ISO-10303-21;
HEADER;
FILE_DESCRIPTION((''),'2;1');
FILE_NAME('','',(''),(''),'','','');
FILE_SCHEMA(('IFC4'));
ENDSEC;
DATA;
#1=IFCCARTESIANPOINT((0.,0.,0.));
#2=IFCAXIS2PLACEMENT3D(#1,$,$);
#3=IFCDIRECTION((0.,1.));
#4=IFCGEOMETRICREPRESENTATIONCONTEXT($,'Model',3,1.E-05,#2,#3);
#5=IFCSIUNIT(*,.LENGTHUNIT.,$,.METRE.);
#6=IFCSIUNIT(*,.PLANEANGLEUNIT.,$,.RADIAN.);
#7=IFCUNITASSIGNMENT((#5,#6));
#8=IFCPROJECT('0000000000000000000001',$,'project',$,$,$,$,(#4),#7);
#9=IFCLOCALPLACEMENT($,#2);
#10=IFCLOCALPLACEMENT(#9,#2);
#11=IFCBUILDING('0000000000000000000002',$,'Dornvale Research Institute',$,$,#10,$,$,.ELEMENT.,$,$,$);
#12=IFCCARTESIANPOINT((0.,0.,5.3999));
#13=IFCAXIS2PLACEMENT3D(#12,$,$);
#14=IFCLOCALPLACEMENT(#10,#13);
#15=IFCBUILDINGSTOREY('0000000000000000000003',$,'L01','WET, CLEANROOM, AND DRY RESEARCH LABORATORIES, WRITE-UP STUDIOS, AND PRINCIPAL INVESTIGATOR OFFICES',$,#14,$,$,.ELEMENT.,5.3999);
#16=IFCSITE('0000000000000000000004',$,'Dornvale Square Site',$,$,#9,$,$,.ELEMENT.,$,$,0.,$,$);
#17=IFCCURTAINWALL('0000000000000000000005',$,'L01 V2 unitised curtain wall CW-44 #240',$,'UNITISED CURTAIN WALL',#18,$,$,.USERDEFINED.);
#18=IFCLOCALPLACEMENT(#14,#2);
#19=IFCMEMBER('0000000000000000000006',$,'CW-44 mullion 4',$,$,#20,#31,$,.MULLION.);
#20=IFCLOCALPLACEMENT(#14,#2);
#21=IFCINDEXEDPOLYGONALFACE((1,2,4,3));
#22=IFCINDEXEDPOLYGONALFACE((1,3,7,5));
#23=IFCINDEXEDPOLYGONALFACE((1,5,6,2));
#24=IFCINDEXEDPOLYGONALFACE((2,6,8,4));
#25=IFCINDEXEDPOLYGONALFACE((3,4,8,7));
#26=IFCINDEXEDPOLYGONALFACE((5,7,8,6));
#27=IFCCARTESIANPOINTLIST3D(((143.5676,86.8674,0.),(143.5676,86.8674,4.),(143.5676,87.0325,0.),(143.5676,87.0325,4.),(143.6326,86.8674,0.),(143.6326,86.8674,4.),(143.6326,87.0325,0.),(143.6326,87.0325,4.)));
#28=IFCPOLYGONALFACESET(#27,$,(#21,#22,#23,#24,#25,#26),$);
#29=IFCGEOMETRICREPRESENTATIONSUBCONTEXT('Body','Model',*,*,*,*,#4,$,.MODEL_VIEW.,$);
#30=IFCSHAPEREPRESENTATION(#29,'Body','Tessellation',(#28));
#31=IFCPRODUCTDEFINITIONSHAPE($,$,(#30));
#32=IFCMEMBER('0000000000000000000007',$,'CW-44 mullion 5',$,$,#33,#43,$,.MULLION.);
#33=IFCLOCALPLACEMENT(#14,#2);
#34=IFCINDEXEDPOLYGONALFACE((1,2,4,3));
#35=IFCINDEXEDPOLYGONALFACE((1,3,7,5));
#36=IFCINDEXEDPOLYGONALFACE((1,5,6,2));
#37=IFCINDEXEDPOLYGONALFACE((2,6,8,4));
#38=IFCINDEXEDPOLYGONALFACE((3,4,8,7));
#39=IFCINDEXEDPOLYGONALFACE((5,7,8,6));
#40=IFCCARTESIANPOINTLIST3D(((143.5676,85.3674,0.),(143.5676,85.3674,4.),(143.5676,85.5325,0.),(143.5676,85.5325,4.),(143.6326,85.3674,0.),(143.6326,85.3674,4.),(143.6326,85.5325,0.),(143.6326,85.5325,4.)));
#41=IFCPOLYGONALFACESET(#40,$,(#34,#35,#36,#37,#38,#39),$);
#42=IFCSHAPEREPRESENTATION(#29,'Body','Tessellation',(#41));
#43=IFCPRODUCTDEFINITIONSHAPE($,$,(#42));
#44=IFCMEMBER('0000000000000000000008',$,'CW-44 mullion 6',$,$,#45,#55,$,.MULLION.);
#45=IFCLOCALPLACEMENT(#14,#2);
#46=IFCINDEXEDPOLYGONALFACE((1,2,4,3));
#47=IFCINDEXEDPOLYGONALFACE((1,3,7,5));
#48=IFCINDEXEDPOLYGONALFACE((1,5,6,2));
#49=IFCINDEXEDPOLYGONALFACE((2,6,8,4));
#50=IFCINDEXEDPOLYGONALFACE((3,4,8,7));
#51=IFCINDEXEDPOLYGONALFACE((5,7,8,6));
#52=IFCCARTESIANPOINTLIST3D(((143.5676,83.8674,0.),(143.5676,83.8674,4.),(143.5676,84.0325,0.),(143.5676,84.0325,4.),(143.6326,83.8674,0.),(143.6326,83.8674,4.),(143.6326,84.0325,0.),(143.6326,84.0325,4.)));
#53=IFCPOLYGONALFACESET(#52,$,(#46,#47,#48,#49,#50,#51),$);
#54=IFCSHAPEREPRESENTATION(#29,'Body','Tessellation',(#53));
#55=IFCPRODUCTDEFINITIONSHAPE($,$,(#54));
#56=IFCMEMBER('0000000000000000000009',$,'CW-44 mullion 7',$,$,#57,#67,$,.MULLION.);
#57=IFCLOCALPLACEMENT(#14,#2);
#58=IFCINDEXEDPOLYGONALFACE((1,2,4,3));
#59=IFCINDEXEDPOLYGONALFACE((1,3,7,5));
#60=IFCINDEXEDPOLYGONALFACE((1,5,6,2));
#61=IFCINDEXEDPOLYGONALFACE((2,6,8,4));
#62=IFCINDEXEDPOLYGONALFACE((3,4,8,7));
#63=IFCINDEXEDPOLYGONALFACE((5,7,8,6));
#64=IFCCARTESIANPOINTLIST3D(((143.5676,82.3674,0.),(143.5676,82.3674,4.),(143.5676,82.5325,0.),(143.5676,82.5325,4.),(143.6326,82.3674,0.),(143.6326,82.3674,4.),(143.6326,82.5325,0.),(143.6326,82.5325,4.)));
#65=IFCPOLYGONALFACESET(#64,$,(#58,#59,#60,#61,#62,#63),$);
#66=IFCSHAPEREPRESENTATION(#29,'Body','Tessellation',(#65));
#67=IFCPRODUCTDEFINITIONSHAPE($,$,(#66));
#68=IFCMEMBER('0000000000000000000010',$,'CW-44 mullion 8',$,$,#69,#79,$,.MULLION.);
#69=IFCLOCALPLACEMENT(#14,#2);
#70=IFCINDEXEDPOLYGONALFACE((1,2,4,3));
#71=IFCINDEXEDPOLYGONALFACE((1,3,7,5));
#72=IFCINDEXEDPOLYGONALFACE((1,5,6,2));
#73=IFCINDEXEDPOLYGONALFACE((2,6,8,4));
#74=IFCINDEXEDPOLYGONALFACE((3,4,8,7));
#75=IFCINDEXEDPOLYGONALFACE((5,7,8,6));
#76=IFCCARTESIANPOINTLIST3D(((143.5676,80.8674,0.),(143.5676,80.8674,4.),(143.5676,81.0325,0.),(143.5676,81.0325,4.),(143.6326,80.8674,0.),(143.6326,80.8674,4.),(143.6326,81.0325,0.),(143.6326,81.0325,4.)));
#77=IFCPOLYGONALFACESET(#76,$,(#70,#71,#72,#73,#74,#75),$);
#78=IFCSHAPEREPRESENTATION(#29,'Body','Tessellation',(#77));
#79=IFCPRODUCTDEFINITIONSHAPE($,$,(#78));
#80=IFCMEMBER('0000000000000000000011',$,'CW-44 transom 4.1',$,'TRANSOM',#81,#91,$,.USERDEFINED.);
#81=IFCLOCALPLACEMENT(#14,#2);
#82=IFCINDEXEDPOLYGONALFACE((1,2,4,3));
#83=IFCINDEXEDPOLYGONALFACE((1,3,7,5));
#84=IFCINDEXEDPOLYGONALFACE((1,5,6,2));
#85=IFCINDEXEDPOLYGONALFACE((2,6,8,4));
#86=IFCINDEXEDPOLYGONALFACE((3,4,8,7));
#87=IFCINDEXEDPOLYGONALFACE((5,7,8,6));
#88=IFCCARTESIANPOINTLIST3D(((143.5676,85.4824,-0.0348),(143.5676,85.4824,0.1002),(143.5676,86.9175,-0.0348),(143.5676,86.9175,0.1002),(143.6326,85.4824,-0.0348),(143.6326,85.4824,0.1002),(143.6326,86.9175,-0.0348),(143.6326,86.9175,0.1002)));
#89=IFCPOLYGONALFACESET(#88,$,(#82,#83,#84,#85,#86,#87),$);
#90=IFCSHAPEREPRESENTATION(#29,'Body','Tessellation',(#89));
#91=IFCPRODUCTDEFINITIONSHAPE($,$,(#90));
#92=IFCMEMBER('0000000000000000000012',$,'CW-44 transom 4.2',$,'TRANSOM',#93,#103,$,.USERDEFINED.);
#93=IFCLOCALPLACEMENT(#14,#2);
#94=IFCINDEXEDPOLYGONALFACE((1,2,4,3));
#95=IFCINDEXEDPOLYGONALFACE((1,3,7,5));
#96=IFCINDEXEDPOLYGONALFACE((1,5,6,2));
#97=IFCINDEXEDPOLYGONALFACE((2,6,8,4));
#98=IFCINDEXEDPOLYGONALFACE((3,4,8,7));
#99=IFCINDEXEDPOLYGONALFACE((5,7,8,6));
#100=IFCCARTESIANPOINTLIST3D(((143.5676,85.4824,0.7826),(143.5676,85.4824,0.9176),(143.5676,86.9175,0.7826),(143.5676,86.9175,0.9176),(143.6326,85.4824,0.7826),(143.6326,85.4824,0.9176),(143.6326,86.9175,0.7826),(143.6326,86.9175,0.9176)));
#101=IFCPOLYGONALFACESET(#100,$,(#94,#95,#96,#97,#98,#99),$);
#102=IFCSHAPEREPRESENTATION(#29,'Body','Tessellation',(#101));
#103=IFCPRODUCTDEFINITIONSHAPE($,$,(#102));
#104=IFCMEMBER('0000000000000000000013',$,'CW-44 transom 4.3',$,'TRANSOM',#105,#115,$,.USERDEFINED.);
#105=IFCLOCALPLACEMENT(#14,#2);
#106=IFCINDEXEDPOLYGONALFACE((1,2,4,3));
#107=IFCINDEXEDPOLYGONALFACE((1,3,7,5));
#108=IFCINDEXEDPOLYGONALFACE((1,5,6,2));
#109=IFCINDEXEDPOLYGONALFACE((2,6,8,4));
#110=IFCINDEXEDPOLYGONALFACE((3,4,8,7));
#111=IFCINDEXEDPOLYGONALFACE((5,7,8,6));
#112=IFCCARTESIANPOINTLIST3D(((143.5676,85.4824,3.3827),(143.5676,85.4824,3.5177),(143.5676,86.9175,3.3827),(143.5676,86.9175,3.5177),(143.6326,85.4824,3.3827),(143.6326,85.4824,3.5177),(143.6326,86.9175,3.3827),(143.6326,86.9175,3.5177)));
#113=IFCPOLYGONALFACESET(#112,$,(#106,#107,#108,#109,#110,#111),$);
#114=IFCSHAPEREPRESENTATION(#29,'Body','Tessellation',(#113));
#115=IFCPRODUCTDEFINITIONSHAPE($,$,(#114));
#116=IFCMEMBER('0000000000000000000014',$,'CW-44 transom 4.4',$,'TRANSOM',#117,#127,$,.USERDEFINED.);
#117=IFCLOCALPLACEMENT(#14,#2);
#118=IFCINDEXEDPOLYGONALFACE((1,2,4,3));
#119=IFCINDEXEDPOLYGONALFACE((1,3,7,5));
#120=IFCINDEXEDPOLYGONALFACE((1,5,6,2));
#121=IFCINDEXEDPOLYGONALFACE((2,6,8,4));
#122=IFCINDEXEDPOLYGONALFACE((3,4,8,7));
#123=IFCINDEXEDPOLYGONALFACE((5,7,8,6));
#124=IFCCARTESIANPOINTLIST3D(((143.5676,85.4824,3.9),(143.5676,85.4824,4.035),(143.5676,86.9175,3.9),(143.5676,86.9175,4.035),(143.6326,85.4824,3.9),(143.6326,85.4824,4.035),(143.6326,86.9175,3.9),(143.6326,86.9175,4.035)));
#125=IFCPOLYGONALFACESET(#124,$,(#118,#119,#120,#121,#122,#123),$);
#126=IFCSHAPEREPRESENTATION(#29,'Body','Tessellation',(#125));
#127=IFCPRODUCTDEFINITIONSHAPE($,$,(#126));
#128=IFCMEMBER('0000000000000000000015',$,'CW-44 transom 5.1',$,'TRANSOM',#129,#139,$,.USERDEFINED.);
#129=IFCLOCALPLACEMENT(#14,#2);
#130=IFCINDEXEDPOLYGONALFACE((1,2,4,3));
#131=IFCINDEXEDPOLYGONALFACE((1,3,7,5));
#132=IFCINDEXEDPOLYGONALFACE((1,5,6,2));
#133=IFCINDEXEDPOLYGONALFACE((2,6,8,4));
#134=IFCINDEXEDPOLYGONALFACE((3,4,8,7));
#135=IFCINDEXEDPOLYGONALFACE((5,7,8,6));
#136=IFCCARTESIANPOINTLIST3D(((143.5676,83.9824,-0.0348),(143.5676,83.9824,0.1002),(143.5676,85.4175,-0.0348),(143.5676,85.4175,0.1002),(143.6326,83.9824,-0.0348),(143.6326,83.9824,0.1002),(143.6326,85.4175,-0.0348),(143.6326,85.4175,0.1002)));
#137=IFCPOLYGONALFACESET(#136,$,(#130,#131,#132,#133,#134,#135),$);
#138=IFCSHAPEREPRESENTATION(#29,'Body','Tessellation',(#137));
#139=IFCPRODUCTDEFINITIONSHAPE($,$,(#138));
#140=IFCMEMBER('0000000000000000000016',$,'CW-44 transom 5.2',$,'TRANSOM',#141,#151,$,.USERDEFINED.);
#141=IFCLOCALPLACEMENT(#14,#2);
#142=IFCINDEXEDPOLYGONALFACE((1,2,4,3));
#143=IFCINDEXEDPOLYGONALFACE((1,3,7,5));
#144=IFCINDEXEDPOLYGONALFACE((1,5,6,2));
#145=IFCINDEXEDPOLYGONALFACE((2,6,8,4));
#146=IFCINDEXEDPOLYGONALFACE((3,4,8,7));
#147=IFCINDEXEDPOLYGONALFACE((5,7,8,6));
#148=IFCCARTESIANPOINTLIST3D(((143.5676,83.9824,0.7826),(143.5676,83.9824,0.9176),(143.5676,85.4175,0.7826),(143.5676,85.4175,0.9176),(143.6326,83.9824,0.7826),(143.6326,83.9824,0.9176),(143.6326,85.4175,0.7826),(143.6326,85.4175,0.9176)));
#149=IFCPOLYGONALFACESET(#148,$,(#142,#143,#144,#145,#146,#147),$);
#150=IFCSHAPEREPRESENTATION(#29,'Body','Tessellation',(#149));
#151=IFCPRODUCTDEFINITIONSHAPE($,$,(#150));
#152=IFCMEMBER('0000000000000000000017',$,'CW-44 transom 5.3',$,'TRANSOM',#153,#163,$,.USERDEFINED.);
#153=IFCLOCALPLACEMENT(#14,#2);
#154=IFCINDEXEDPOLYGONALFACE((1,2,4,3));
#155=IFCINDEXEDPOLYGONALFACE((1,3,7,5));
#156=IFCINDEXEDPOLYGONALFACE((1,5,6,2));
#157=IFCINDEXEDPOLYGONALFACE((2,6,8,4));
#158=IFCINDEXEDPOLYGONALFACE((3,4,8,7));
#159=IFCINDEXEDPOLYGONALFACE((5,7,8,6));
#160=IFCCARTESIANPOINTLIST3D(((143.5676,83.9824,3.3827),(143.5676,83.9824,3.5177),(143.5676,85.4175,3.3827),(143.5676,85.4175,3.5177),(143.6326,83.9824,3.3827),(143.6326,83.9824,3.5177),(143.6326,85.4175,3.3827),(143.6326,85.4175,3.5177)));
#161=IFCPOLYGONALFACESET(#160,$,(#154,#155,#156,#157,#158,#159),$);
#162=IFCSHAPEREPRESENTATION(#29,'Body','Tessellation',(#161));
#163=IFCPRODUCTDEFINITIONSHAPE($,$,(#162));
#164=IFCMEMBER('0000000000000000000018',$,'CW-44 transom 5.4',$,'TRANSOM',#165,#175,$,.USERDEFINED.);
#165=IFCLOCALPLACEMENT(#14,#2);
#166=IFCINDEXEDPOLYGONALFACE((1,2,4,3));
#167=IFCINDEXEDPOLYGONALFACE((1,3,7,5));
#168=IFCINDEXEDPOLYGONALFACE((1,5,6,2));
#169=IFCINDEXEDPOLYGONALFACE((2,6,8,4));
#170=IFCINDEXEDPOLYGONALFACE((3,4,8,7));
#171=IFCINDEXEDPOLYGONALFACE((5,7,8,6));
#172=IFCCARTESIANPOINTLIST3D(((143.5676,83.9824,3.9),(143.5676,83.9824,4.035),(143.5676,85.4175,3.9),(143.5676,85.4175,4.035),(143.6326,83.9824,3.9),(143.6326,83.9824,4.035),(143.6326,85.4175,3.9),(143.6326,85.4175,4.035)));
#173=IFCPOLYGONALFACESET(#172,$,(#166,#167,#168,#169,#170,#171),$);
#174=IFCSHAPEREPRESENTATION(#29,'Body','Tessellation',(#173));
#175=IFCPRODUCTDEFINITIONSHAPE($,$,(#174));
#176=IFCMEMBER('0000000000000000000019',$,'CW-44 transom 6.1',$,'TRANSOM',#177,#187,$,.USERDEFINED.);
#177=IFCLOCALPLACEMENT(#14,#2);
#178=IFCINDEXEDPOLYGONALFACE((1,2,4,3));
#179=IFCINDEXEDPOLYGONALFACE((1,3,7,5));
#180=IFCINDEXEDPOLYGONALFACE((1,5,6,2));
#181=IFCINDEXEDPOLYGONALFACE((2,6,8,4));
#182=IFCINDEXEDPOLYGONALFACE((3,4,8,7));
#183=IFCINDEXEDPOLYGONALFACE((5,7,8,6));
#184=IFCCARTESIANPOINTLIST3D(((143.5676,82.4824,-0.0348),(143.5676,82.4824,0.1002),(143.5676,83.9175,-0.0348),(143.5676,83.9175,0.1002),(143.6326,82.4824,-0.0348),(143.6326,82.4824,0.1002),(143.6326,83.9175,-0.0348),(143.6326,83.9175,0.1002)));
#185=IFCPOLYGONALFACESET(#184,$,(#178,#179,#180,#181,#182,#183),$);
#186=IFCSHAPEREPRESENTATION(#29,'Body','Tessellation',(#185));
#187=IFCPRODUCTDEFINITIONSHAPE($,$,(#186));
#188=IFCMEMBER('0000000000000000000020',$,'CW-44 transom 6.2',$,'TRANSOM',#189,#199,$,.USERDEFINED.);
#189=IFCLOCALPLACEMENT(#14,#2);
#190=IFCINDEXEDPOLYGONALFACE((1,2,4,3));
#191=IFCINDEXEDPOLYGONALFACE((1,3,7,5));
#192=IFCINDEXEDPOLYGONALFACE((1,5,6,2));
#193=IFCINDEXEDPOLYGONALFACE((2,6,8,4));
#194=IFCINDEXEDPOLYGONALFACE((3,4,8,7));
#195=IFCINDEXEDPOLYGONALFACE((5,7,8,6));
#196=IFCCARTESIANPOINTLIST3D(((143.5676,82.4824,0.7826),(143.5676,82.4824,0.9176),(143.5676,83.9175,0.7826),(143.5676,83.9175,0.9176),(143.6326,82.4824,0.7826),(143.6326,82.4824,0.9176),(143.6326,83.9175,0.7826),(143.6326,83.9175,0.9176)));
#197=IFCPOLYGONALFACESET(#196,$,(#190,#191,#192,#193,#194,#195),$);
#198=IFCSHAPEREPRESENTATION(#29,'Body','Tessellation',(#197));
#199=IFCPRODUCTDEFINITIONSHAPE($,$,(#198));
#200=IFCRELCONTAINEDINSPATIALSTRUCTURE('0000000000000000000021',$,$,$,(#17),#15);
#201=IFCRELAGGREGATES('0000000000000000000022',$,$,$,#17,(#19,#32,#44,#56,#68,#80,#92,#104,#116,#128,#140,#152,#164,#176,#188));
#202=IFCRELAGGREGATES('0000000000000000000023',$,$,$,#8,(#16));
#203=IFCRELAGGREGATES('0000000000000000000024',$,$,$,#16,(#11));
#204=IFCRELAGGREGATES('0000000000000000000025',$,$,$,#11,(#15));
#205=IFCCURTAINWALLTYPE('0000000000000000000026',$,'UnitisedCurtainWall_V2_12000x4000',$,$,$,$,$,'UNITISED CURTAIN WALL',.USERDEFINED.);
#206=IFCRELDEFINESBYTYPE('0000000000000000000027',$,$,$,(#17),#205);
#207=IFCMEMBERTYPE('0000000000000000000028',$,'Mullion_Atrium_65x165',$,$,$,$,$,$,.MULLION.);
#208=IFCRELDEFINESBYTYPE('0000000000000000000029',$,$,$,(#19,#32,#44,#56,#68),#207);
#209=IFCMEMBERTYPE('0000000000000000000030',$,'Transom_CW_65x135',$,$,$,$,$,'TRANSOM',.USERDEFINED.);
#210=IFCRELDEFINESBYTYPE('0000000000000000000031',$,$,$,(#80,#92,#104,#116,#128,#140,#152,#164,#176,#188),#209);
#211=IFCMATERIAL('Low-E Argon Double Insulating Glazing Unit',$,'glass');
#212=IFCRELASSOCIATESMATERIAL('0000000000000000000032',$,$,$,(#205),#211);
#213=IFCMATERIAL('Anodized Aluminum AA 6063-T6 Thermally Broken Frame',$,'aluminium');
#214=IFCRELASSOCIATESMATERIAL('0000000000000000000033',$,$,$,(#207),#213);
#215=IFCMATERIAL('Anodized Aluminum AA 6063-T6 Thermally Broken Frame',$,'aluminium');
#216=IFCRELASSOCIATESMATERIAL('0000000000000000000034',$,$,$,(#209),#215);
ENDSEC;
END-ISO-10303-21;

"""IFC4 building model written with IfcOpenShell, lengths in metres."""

from ifc_helpers import new_model, si_unit, direction, frame, origin, origin_2d, place, context, subcontext, project, spatial, rectangle, extrude, material, material_profile, profile_set, type_object, element, aggregate, save


model = new_model("IFC4")

# Units and contexts
model_context = context("Model", 3, precision=1e-05, world=origin(), true_north=direction((0.0, 1.0)))
body_context = subcontext(model_context, "Body", "Model", "MODEL_VIEW")
ifc_project = project(units=[si_unit("LENGTHUNIT", "METRE"), si_unit("PLANEANGLEUNIT", "RADIAN")], contexts=[model_context])

# Site, building, storey
site_placement = place(None, origin())
site = spatial("IfcSite", under=ifc_project, at=site_placement, Name="Dornvale Square Site", CompositionType="ELEMENT", RefElevation=0.0)
building_placement = place(site_placement, origin())
building = spatial("IfcBuilding", under=site, at=building_placement, Name="Dornvale Research Institute", CompositionType="ELEMENT")
storey_placement = place(building_placement, frame((0.0, 0.0, 5.3999)))
storey = spatial("IfcBuildingStorey", under=building, at=storey_placement, Name="L01", Description="WET, CLEANROOM, AND DRY RESEARCH LABORATORIES, WRITE-UP STUDIOS, AND PRINCIPAL INVESTIGATOR OFFICES", CompositionType="ELEMENT", Elevation=5.3999)

# Curtain wall, members
ifc_material_1 = material(Name="Low-E Argon Double Insulating Glazing Unit", Category="glass")
curtain_wall_type = type_object("IfcCurtainWallType", Name="UnitisedCurtainWall_V2_12000x4000", ElementType="UNITISED CURTAIN WALL", PredefinedType="USERDEFINED", material=ifc_material_1)
curtain_wall_placement = place(storey_placement, origin())
curtain_wall = element("IfcCurtainWall", 1, at=curtain_wall_placement, inside=storey, type_object=curtain_wall_type, Name="L01 V2 unitised curtain wall CW-44 #240", ObjectType="UNITISED CURTAIN WALL", PredefinedType="USERDEFINED")
ifc_material_2 = material(Name="Anodized Aluminum AA 6063-T6 Thermally Broken Frame", Category="aluminium")
ifc_material_profile_1 = material_profile(ifc_material_2, rectangle(XDim=0.0649, YDim=0.165, at=origin_2d()), Name="ALU MULLION 65x165")
ifc_profile_set_1 = profile_set([ifc_material_profile_1], Name="Anodized Aluminum AA 6063-T6 Thermally Broken Frame")
member_type_1 = type_object("IfcMemberType", Name="Mullion_Atrium_65x165", PredefinedType="MULLION", material=ifc_profile_set_1)
member_1_placement = place(storey_placement, frame((143.6001, 86.95, 0.0), z_axis=(0.0, 0.0, 1.0), x_axis=(1.0, 0.0, 0.0)))
member_1 = element("IfcMember", 2, at=member_1_placement, type_object=member_type_1, Name="CW-44 mullion 4", PredefinedType="MULLION", context=body_context, shape_type="SweptSolid", body=[
    extrude(rectangle(XDim=0.0649, YDim=0.165, at=origin_2d()), origin(), (0.0, 0.0, 1.0), 4.0),
])
member_2_placement = place(storey_placement, frame((143.6001, 85.45, 0.0), z_axis=(0.0, 0.0, 1.0), x_axis=(1.0, 0.0, 0.0)))
member_2 = element("IfcMember", 3, at=member_2_placement, type_object=member_type_1, Name="CW-44 mullion 5", PredefinedType="MULLION", context=body_context, shape_type="SweptSolid", body=[
    extrude(rectangle(XDim=0.0649, YDim=0.165, at=origin_2d()), origin(), (0.0, 0.0, 1.0), 4.0),
])
member_3_placement = place(storey_placement, frame((143.6001, 83.95, 0.0), z_axis=(0.0, 0.0, 1.0), x_axis=(1.0, 0.0, 0.0)))
member_3 = element("IfcMember", 4, at=member_3_placement, type_object=member_type_1, Name="CW-44 mullion 6", PredefinedType="MULLION", context=body_context, shape_type="SweptSolid", body=[
    extrude(rectangle(XDim=0.0649, YDim=0.165, at=origin_2d()), origin(), (0.0, 0.0, 1.0), 4.0),
])
member_4_placement = place(storey_placement, frame((143.6001, 82.45, 0.0), z_axis=(0.0, 0.0, 1.0), x_axis=(1.0, 0.0, 0.0)))
member_4 = element("IfcMember", 5, at=member_4_placement, type_object=member_type_1, Name="CW-44 mullion 7", PredefinedType="MULLION", context=body_context, shape_type="SweptSolid", body=[
    extrude(rectangle(XDim=0.0649, YDim=0.165, at=origin_2d()), origin(), (0.0, 0.0, 1.0), 4.0),
])
member_5_placement = place(storey_placement, frame((143.6001, 80.95, 0.0), z_axis=(0.0, 0.0, 1.0), x_axis=(1.0, 0.0, 0.0)))
member_5 = element("IfcMember", 6, at=member_5_placement, type_object=member_type_1, Name="CW-44 mullion 8", PredefinedType="MULLION", context=body_context, shape_type="SweptSolid", body=[
    extrude(rectangle(XDim=0.0649, YDim=0.165, at=origin_2d()), origin(), (0.0, 0.0, 1.0), 4.0),
])
ifc_material_3 = material(Name="Anodized Aluminum AA 6063-T6 Thermally Broken Frame", Category="aluminium")
ifc_material_profile_2 = material_profile(ifc_material_3, rectangle(XDim=0.0649, YDim=0.135, at=origin_2d()), Name="ALU TRANSOM 65x135")
ifc_profile_set_2 = profile_set([ifc_material_profile_2], Name="Anodized Aluminum AA 6063-T6 Thermally Broken Frame")
member_type_2 = type_object("IfcMemberType", Name="Transom_CW_65x135", ElementType="TRANSOM", PredefinedType="USERDEFINED", material=ifc_profile_set_2)
member_6_placement = place(storey_placement, frame((143.6001, 86.9175, 0.0327), z_axis=(0.0, -1.0, 0.0), x_axis=(1.0, 0.0, 0.0)))
member_6 = element("IfcMember", 7, at=member_6_placement, type_object=member_type_2, Name="CW-44 transom 4.1", ObjectType="TRANSOM", PredefinedType="USERDEFINED", context=body_context, shape_type="SweptSolid", body=[
    extrude(rectangle(XDim=0.0649, YDim=0.135, at=origin_2d()), origin(), (0.0, 0.0, 1.0), 1.4351),
])
member_7_placement = place(storey_placement, frame((143.6001, 86.9175, 0.8501), z_axis=(0.0, -1.0, 0.0), x_axis=(1.0, 0.0, 0.0)))
member_7 = element("IfcMember", 8, at=member_7_placement, type_object=member_type_2, Name="CW-44 transom 4.2", ObjectType="TRANSOM", PredefinedType="USERDEFINED", context=body_context, shape_type="SweptSolid", body=[
    extrude(rectangle(XDim=0.0649, YDim=0.135, at=origin_2d()), origin(), (0.0, 0.0, 1.0), 1.4351),
])
member_8_placement = place(storey_placement, frame((143.6001, 86.9175, 3.4502), z_axis=(0.0, -1.0, 0.0), x_axis=(1.0, 0.0, 0.0)))
member_8 = element("IfcMember", 9, at=member_8_placement, type_object=member_type_2, Name="CW-44 transom 4.3", ObjectType="TRANSOM", PredefinedType="USERDEFINED", context=body_context, shape_type="SweptSolid", body=[
    extrude(rectangle(XDim=0.0649, YDim=0.135, at=origin_2d()), origin(), (0.0, 0.0, 1.0), 1.4351),
])
member_9_placement = place(storey_placement, frame((143.6001, 86.9175, 3.9675), z_axis=(0.0, -1.0, 0.0), x_axis=(1.0, 0.0, 0.0)))
member_9 = element("IfcMember", 10, at=member_9_placement, type_object=member_type_2, Name="CW-44 transom 4.4", ObjectType="TRANSOM", PredefinedType="USERDEFINED", context=body_context, shape_type="SweptSolid", body=[
    extrude(rectangle(XDim=0.0649, YDim=0.135, at=origin_2d()), origin(), (0.0, 0.0, 1.0), 1.4351),
])
member_10_placement = place(storey_placement, frame((143.6001, 85.4175, 0.0327), z_axis=(0.0, -1.0, 0.0), x_axis=(1.0, 0.0, 0.0)))
member_10 = element("IfcMember", 11, at=member_10_placement, type_object=member_type_2, Name="CW-44 transom 5.1", ObjectType="TRANSOM", PredefinedType="USERDEFINED", context=body_context, shape_type="SweptSolid", body=[
    extrude(rectangle(XDim=0.0649, YDim=0.135, at=origin_2d()), origin(), (0.0, 0.0, 1.0), 1.4351),
])
member_11_placement = place(storey_placement, frame((143.6001, 85.4175, 0.8501), z_axis=(0.0, -1.0, 0.0), x_axis=(1.0, 0.0, 0.0)))
member_11 = element("IfcMember", 12, at=member_11_placement, type_object=member_type_2, Name="CW-44 transom 5.2", ObjectType="TRANSOM", PredefinedType="USERDEFINED", context=body_context, shape_type="SweptSolid", body=[
    extrude(rectangle(XDim=0.0649, YDim=0.135, at=origin_2d()), origin(), (0.0, 0.0, 1.0), 1.4351),
])
member_12_placement = place(storey_placement, frame((143.6001, 85.4175, 3.4502), z_axis=(0.0, -1.0, 0.0), x_axis=(1.0, 0.0, 0.0)))
member_12 = element("IfcMember", 13, at=member_12_placement, type_object=member_type_2, Name="CW-44 transom 5.3", ObjectType="TRANSOM", PredefinedType="USERDEFINED", context=body_context, shape_type="SweptSolid", body=[
    extrude(rectangle(XDim=0.0649, YDim=0.135, at=origin_2d()), origin(), (0.0, 0.0, 1.0), 1.4351),
])
member_13_placement = place(storey_placement, frame((143.6001, 85.4175, 3.9675), z_axis=(0.0, -1.0, 0.0), x_axis=(1.0, 0.0, 0.0)))
member_13 = element("IfcMember", 14, at=member_13_placement, type_object=member_type_2, Name="CW-44 transom 5.4", ObjectType="TRANSOM", PredefinedType="USERDEFINED", context=body_context, shape_type="SweptSolid", body=[
    extrude(rectangle(XDim=0.0649, YDim=0.135, at=origin_2d()), origin(), (0.0, 0.0, 1.0), 1.4351),
])
member_14_placement = place(storey_placement, frame((143.6001, 83.9175, 0.0327), z_axis=(0.0, -1.0, 0.0), x_axis=(1.0, 0.0, 0.0)))
member_14 = element("IfcMember", 15, at=member_14_placement, type_object=member_type_2, Name="CW-44 transom 6.1", ObjectType="TRANSOM", PredefinedType="USERDEFINED", context=body_context, shape_type="SweptSolid", body=[
    extrude(rectangle(XDim=0.0649, YDim=0.135, at=origin_2d()), origin(), (0.0, 0.0, 1.0), 1.4351),
])
member_15_placement = place(storey_placement, frame((143.6001, 83.9175, 0.8501), z_axis=(0.0, -1.0, 0.0), x_axis=(1.0, 0.0, 0.0)))
member_15 = element("IfcMember", 16, at=member_15_placement, type_object=member_type_2, Name="CW-44 transom 6.2", ObjectType="TRANSOM", PredefinedType="USERDEFINED", context=body_context, shape_type="SweptSolid", body=[
    extrude(rectangle(XDim=0.0649, YDim=0.135, at=origin_2d()), origin(), (0.0, 0.0, 1.0), 1.4351),
])
aggregate(curtain_wall, [member_1, member_2, member_3, member_4, member_5, member_6, member_7, member_8, member_9, member_10, member_11, member_12, member_13, member_14, member_15])

save(model, "model.ifc")
